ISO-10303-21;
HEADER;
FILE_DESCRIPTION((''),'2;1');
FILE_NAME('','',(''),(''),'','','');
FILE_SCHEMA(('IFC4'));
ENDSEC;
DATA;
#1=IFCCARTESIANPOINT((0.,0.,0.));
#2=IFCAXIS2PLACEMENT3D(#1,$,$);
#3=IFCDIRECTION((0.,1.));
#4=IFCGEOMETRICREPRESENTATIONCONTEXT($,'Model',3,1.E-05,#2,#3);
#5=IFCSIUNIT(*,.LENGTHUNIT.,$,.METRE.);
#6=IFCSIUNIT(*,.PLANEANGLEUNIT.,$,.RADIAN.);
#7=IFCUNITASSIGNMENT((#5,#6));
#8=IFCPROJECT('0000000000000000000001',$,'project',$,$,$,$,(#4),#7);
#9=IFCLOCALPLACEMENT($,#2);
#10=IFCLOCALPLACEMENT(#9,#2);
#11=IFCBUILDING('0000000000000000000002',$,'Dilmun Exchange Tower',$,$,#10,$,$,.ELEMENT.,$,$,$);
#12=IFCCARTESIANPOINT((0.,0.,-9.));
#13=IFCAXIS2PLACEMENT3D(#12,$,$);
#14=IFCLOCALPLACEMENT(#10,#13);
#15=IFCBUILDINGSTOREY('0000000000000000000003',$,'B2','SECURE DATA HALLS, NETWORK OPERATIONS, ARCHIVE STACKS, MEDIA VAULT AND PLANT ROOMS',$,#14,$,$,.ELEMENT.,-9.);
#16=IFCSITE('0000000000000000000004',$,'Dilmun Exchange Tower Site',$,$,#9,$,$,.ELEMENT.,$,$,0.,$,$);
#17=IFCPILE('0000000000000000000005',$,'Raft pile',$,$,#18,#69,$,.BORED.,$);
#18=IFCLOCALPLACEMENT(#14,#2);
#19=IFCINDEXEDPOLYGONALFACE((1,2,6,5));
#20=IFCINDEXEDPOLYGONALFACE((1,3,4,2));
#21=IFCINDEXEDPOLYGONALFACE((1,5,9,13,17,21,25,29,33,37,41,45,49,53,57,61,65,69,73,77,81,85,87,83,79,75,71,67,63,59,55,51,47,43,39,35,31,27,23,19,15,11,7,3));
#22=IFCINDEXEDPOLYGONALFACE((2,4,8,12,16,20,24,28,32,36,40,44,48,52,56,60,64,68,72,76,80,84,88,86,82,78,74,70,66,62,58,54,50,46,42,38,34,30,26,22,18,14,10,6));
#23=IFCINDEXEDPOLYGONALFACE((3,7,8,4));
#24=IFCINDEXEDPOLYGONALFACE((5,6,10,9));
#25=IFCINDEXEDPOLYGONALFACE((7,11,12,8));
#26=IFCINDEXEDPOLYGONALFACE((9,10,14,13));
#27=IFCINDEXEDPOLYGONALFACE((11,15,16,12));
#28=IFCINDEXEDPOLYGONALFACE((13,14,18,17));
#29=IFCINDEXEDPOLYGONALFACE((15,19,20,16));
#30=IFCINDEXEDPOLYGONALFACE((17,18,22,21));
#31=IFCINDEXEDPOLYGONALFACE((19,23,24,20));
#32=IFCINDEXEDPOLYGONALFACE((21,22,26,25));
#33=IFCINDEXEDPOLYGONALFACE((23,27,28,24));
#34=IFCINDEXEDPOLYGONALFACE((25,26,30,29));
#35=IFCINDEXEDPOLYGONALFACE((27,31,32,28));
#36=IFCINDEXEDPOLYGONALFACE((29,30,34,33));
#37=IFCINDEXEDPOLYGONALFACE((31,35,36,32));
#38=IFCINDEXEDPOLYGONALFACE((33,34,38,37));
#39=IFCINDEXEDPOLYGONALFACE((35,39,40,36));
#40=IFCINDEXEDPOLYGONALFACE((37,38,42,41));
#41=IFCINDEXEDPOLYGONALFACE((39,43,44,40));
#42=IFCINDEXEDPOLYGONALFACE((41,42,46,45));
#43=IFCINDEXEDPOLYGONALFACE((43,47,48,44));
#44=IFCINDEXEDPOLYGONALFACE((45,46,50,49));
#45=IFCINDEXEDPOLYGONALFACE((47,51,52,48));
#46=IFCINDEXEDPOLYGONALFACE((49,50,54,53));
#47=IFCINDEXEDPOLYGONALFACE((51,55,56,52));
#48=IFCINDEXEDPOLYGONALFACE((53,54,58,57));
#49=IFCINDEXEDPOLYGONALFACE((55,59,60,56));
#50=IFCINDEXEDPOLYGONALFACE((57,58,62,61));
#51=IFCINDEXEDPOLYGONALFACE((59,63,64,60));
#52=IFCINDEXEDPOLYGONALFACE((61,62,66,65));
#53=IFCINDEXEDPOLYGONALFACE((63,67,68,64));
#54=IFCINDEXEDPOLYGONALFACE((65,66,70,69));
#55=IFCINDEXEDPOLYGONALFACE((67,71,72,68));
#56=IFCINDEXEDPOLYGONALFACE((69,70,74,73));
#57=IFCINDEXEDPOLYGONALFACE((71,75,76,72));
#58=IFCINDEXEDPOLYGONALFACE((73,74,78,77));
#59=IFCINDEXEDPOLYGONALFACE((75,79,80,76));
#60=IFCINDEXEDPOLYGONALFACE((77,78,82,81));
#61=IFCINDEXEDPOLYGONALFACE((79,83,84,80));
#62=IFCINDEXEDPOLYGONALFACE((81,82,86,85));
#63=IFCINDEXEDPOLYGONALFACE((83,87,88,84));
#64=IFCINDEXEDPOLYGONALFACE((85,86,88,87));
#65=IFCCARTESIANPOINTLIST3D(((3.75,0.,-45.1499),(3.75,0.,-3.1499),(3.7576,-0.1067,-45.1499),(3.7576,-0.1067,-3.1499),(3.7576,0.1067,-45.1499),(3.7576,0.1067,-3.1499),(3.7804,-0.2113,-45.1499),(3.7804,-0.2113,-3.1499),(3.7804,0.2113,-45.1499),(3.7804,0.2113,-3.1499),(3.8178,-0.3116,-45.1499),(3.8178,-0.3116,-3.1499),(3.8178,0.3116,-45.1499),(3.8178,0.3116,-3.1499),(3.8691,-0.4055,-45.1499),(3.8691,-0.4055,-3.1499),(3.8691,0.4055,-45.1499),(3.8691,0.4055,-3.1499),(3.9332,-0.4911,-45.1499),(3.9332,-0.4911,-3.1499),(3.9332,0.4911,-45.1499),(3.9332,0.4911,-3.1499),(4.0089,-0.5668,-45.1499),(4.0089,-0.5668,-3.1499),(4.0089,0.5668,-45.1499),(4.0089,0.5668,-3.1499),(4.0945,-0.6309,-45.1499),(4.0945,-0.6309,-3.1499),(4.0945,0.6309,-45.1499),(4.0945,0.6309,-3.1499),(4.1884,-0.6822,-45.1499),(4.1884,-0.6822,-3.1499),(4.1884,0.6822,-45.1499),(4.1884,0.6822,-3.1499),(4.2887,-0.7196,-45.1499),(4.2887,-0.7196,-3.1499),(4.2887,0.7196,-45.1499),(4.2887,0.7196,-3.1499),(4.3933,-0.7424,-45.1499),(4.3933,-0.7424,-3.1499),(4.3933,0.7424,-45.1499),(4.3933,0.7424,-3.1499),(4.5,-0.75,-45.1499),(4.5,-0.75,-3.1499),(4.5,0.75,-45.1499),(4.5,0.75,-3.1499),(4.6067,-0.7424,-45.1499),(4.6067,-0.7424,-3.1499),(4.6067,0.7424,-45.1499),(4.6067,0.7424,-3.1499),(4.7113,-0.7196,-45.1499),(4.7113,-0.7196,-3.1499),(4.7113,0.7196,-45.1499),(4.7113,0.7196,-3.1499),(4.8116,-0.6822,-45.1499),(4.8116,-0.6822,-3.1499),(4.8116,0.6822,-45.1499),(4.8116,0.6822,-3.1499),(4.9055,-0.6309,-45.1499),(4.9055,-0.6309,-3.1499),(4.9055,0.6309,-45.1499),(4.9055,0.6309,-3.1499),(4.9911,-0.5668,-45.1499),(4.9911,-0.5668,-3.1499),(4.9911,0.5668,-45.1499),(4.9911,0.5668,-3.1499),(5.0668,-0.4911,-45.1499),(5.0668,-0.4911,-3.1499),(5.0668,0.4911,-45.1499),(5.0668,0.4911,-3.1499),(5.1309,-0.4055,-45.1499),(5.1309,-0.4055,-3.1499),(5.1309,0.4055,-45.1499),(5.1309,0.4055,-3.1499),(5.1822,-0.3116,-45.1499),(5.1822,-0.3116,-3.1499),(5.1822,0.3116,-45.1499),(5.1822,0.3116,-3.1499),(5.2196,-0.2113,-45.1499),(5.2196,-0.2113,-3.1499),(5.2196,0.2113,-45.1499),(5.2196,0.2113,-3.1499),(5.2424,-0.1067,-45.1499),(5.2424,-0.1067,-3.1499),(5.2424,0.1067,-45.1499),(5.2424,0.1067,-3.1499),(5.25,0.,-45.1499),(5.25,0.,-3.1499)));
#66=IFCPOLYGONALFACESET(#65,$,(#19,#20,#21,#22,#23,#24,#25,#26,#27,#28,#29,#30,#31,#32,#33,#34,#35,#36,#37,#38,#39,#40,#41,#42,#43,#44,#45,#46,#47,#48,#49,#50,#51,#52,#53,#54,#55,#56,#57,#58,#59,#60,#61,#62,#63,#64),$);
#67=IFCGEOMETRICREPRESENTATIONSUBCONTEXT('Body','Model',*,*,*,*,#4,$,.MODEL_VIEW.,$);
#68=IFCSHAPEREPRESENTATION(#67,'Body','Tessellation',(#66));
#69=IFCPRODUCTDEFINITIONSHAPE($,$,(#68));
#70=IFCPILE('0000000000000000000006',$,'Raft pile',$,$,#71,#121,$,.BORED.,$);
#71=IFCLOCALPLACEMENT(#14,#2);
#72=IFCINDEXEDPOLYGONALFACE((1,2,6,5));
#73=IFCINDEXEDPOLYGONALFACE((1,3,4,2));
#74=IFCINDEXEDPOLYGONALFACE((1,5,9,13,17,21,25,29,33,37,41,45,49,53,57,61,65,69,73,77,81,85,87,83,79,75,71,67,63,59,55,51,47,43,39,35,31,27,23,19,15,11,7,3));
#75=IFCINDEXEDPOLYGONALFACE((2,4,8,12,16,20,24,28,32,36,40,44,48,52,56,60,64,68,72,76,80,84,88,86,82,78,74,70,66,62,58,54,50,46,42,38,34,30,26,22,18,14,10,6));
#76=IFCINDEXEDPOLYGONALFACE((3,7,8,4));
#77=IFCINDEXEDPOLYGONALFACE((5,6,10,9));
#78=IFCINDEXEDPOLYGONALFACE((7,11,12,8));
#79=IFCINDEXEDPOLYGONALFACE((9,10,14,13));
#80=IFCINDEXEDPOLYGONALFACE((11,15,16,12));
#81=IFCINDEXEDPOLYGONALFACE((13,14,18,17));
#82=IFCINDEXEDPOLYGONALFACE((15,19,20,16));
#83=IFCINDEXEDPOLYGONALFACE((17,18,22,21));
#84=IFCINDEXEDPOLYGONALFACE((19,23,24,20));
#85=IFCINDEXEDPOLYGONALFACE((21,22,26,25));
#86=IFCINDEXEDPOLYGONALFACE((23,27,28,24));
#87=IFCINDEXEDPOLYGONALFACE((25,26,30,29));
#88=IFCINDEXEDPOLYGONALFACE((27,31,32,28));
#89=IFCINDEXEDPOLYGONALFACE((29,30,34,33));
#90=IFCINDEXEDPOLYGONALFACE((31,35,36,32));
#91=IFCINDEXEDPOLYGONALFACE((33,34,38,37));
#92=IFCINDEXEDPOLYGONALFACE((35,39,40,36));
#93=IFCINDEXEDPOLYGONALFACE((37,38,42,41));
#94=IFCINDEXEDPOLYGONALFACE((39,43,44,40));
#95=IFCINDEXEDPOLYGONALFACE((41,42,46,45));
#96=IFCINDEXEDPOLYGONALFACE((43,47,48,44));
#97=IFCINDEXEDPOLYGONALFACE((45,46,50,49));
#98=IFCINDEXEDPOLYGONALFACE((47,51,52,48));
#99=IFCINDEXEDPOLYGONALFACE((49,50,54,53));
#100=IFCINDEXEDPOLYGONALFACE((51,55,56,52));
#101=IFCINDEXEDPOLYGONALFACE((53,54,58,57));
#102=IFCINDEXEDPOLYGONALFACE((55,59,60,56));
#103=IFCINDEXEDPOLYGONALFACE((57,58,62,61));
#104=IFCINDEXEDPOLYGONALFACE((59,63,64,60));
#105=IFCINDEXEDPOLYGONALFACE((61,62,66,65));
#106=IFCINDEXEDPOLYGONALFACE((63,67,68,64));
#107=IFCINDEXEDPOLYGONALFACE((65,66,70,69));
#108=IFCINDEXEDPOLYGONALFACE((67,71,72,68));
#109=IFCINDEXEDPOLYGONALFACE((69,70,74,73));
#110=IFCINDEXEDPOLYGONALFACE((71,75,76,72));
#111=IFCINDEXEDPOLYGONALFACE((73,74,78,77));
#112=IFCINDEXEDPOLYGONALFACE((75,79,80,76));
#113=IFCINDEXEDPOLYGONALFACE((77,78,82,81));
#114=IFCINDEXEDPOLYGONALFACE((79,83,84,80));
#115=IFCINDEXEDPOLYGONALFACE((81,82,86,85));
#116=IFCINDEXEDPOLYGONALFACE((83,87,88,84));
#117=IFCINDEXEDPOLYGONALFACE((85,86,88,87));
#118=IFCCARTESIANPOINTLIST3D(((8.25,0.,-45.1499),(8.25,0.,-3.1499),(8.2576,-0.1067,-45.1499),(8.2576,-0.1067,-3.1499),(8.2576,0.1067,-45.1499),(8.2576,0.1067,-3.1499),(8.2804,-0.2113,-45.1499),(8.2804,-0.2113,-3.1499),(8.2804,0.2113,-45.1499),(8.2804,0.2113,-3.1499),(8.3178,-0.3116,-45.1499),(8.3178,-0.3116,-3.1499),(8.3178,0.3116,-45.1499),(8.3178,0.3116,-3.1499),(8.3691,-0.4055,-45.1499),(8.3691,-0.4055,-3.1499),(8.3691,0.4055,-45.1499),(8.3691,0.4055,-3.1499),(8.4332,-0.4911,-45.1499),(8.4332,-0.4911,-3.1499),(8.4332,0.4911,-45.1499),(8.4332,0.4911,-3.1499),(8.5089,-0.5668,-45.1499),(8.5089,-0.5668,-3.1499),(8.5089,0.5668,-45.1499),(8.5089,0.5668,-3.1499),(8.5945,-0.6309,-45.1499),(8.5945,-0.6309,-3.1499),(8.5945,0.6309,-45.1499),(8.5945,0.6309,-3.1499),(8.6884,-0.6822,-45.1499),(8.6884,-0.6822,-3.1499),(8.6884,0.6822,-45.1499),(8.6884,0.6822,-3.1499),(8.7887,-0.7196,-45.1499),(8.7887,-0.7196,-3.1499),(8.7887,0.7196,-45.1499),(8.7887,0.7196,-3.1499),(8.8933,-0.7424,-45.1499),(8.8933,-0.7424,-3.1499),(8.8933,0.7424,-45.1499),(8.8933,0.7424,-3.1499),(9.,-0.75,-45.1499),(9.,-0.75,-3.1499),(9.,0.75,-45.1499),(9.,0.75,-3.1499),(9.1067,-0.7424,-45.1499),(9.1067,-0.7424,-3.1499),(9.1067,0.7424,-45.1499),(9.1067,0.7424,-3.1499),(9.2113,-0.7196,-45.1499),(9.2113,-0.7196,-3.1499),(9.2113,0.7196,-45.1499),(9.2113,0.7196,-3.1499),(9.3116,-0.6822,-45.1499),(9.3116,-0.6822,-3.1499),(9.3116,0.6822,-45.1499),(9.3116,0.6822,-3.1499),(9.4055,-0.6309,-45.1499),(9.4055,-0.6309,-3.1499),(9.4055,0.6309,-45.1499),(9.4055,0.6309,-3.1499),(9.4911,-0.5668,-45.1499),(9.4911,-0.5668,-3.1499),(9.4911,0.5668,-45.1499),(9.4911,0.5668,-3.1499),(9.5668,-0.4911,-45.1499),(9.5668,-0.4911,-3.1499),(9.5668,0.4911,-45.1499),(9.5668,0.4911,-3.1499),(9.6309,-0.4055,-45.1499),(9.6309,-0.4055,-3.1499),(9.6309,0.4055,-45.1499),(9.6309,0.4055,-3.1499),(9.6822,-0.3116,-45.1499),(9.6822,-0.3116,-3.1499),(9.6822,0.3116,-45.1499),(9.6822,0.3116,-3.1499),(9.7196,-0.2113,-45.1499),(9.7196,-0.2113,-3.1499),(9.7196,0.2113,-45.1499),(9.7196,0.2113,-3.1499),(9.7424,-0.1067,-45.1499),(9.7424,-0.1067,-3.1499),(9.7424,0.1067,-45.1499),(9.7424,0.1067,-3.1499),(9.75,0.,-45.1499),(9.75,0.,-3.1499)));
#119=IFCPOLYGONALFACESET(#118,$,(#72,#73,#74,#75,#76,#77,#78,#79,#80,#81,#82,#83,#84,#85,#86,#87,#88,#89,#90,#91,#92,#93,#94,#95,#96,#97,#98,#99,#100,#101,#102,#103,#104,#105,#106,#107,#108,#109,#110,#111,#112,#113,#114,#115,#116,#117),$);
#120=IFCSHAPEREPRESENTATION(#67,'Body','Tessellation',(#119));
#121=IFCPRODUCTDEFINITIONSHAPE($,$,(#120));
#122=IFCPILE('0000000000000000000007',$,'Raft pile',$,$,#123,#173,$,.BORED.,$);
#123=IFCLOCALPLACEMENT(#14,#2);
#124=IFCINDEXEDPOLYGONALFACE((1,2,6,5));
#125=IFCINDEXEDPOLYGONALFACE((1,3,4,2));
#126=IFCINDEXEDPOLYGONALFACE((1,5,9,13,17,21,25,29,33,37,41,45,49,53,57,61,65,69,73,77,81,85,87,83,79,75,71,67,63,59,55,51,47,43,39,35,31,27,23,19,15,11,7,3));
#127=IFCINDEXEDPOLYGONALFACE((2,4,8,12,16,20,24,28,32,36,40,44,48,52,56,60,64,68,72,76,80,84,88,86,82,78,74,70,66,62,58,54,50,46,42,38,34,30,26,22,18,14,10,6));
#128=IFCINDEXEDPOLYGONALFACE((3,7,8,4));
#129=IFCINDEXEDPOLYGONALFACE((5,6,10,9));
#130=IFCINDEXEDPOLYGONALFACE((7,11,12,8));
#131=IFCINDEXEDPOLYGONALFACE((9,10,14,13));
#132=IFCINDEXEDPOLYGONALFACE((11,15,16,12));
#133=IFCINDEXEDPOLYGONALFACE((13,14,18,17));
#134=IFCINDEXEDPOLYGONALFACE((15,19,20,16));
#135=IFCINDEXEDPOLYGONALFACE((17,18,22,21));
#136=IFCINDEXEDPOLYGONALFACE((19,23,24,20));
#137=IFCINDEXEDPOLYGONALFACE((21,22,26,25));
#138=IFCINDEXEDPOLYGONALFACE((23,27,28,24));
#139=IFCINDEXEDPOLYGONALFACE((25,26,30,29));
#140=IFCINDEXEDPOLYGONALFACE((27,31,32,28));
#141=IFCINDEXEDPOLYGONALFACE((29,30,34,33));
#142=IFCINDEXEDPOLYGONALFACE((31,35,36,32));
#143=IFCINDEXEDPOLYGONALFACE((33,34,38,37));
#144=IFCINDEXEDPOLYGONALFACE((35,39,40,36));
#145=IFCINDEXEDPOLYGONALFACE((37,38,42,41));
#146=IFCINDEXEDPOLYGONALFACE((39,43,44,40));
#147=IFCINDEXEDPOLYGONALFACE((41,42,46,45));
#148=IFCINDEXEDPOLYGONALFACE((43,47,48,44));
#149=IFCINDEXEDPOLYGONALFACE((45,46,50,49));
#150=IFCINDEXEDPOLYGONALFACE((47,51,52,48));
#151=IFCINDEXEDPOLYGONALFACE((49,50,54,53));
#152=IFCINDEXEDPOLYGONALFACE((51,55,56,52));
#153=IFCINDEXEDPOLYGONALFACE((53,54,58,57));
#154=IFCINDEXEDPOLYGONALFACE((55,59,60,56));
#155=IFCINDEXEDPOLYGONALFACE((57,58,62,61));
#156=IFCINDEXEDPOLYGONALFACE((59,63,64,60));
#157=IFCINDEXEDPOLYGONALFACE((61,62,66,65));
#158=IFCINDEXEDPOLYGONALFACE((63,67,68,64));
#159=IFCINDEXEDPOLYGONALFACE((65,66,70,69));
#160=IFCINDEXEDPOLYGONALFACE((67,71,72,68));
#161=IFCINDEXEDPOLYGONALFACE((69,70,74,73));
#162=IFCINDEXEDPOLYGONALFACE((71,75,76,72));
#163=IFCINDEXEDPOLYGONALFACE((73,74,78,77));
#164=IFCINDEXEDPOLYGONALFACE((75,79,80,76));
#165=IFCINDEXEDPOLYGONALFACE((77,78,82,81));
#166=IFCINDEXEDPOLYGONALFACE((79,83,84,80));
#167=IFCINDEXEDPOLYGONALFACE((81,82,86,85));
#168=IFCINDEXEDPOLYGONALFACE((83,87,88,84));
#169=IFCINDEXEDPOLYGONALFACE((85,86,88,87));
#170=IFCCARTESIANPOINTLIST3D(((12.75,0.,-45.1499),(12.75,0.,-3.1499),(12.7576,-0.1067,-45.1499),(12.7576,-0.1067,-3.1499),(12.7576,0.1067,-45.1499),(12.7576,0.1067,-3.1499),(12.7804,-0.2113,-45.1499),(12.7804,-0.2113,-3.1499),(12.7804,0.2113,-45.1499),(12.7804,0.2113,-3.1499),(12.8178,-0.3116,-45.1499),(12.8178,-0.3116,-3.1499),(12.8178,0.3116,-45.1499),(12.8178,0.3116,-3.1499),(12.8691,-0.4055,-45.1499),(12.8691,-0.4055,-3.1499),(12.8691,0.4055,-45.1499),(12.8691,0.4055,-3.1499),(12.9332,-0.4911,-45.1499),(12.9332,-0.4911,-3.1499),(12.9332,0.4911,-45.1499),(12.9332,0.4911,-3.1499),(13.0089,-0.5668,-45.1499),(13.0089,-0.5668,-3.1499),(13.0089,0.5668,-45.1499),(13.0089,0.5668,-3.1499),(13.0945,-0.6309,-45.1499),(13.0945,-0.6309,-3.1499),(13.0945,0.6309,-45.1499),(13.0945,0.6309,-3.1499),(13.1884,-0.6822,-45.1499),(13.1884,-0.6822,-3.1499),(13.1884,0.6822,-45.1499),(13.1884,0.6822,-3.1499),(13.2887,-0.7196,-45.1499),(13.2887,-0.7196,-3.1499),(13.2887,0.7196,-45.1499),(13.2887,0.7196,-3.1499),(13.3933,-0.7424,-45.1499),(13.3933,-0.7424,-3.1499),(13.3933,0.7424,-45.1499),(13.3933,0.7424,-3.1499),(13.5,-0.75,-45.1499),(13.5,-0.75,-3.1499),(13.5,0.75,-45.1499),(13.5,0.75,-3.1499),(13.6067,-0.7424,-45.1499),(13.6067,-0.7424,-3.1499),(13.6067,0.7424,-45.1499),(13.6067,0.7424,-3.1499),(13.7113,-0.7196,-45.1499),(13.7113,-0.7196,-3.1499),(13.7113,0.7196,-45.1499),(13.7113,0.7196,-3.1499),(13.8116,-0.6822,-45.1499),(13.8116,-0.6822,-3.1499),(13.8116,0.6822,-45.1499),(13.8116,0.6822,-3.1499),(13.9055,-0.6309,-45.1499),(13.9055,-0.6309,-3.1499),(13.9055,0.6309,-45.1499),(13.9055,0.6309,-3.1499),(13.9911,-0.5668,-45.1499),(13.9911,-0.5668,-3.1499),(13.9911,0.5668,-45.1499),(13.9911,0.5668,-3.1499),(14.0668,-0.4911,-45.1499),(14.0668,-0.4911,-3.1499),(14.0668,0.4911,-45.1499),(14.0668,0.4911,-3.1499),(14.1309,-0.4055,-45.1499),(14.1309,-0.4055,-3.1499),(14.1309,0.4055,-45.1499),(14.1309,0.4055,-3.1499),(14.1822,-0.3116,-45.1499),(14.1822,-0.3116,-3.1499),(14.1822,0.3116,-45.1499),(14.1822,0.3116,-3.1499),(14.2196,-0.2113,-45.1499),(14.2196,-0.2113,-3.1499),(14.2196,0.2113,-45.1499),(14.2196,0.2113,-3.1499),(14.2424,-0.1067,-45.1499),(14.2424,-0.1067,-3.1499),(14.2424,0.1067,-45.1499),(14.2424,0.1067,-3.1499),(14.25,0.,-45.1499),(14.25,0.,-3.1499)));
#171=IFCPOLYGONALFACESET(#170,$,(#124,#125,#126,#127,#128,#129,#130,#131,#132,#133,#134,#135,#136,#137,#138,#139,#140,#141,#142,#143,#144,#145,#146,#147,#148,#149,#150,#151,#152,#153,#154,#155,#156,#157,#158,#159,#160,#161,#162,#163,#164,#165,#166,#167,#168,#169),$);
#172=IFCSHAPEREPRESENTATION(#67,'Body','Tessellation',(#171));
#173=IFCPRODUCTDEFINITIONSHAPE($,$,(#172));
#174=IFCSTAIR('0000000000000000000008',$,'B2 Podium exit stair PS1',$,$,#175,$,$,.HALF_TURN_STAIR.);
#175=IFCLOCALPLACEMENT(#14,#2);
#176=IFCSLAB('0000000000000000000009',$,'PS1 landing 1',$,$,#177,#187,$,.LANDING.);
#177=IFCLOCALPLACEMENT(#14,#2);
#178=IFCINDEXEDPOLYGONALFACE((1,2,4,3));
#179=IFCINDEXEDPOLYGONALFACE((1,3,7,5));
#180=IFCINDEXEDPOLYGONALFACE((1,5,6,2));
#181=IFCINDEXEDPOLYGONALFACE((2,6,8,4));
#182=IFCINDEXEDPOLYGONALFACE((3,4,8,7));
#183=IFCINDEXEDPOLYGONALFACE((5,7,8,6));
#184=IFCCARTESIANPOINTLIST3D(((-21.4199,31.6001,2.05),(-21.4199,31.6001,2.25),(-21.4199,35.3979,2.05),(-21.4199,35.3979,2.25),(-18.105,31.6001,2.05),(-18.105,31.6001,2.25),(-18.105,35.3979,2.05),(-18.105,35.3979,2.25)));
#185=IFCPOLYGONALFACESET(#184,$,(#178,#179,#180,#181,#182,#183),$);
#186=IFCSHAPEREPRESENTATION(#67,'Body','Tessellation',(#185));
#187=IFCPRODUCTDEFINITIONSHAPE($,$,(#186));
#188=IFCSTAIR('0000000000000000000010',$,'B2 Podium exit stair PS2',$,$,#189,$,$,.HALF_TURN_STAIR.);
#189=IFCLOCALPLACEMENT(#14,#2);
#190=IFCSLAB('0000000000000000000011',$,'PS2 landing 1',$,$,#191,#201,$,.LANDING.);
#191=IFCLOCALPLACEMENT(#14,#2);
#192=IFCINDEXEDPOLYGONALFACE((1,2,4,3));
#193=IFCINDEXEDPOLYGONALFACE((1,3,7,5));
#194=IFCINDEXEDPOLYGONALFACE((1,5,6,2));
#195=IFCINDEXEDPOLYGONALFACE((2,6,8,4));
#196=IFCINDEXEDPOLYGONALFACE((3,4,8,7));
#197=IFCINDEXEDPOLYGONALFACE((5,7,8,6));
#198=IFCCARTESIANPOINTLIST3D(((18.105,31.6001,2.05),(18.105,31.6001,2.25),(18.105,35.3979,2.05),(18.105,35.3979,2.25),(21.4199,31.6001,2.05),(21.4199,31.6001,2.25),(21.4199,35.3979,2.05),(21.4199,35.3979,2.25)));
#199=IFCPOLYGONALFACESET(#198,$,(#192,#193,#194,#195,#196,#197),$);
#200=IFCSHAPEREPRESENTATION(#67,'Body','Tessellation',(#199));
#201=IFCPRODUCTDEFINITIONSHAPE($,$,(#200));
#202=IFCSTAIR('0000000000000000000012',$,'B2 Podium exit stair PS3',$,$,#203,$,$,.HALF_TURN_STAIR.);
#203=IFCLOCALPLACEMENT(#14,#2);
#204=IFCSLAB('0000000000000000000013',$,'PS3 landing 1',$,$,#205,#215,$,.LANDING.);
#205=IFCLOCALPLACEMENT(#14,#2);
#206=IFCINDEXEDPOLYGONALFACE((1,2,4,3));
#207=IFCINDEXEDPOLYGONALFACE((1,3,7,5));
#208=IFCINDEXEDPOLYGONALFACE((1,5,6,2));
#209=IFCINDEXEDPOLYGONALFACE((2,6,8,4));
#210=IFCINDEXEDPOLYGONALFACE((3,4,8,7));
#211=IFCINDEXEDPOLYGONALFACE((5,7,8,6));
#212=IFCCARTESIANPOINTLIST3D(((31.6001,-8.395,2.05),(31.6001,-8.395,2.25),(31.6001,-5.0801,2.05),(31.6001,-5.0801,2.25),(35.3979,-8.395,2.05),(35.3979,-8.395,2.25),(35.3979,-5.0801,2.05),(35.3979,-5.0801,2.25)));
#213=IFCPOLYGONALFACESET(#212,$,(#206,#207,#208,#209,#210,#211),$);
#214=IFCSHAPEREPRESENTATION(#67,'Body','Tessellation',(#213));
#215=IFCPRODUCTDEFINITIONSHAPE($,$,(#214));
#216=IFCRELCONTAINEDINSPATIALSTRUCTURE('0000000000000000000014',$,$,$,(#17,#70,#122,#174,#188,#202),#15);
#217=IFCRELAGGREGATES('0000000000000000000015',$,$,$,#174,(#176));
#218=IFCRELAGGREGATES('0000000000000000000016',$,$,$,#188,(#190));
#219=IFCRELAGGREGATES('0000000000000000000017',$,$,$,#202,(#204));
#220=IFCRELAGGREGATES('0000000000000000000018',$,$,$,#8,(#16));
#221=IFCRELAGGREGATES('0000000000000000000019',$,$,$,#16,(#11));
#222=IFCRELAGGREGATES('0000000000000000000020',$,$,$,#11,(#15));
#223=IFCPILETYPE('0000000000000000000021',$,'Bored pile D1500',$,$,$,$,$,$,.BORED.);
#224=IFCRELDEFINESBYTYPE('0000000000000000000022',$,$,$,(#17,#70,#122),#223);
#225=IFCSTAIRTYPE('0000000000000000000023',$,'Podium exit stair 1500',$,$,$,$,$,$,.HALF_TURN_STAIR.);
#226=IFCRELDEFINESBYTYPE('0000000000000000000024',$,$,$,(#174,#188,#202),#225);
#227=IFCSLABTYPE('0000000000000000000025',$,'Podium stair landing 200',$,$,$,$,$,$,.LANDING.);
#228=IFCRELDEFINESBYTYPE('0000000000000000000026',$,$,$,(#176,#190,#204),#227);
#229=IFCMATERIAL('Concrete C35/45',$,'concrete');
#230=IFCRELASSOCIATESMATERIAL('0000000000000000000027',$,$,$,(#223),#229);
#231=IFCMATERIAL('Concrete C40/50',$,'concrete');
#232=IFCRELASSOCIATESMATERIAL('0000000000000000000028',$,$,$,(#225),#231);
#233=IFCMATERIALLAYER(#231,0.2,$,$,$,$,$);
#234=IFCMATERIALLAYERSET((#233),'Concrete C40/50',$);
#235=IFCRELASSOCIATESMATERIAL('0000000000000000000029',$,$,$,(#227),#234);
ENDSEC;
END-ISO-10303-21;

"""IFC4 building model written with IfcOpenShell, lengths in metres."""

from ifc_helpers import new_model, si_unit, direction, frame, origin, origin_2d, place, context, subcontext, project, spatial, polyline, circle, outline, extrude, material, layer, layer_set, material_profile, profile_set, type_object, element, aggregate, save


model = new_model("IFC4")

# Units and contexts
model_context = context("Model", 3, precision=1e-05, world=origin(), true_north=direction((0.0, 1.0)))
body_context = subcontext(model_context, "Body", "Model", "MODEL_VIEW")
ifc_project = project(units=[si_unit("LENGTHUNIT", "METRE"), si_unit("PLANEANGLEUNIT", "RADIAN")], contexts=[model_context])

# Site, building, storey
site_placement = place(None, origin())
site = spatial("IfcSite", under=ifc_project, at=site_placement, Name="Dilmun Exchange Tower Site", CompositionType="ELEMENT", RefElevation=0.0)
building_placement = place(site_placement, origin())
building = spatial("IfcBuilding", under=site, at=building_placement, Name="Dilmun Exchange Tower", CompositionType="ELEMENT")
storey_placement = place(building_placement, frame((0.0, 0.0, -9.0)))
storey = spatial("IfcBuildingStorey", under=building, at=storey_placement, Name="B2", Description="SECURE DATA HALLS, NETWORK OPERATIONS, ARCHIVE STACKS, MEDIA VAULT AND PLANT ROOMS", CompositionType="ELEMENT", Elevation=-9.0)

# Piles
ifc_material_1 = material(Name="Concrete C35/45", Category="concrete")
ifc_material_profile = material_profile(ifc_material_1, circle(Radius=0.75, at=origin_2d()), Name="D1500")
ifc_profile_set = profile_set([ifc_material_profile], Name="Concrete C35/45")
pile_type = type_object("IfcPileType", Name="Bored pile D1500", PredefinedType="BORED", material=ifc_profile_set)
for number, where, z_axis, x_axis, name in (
    (1, (4.5, 0.0, -3.1499), (0.0, 0.0, -1.0), (1.0, 0.0, 0.0), "Raft pile"),
    (2, (9.0, 0.0, -3.1499), (0.0, 0.0, -1.0), (1.0, 0.0, 0.0), "Raft pile"),
    (3, (13.5, 0.0, -3.1499), (0.0, 0.0, -1.0), (1.0, 0.0, 0.0), "Raft pile"),
):
    element("IfcPile", number, at=place(storey_placement, frame(where, z_axis=z_axis, x_axis=x_axis)), inside=storey, type_object=pile_type, Name=name, PredefinedType="BORED", context=body_context, shape_type="SweptSolid", body=[
        extrude(circle(Radius=0.75, at=origin_2d()), origin(), (0.0, 0.0, 1.0), 42.0),
    ])

# Stairs, slabs
ifc_material_2 = material(Name="Concrete C40/50", Category="concrete")
stair_type_1 = type_object("IfcStairType", Name="Podium exit stair 1500", PredefinedType="HALF_TURN_STAIR", material=ifc_material_2)
stair_1_placement = place(storey_placement, origin())
stair_1 = element("IfcStair", 4, at=stair_1_placement, inside=storey, type_object=stair_type_1, Name="B2 Podium exit stair PS1", PredefinedType="HALF_TURN_STAIR")
ifc_layer_1 = layer(ifc_material_2, 0.2)
ifc_layer_set_1 = layer_set([ifc_layer_1], Name="Concrete C40/50")
slab_type = type_object("IfcSlabType", Name="Podium stair landing 200", PredefinedType="LANDING", material=ifc_layer_set_1)
slab_1_placement = place(storey_placement, frame((0.0, 0.0, 2.05)))
slab_1 = element("IfcSlab", 5, at=slab_1_placement, type_object=slab_type, Name="PS1 landing 1", PredefinedType="LANDING", context=body_context, shape_type="SweptSolid", body=[
    extrude(outline(polyline([(-21.4199, 31.6001), (-18.105, 31.6001), (-18.105, 35.3979), (-21.4199, 35.3979), (-21.4199, 31.6001)])), origin(), (0.0, 0.0, 1.0), 0.2),
])
aggregate(stair_1, [slab_1])
stair_2_placement = place(storey_placement, origin())
stair_2 = element("IfcStair", 6, at=stair_2_placement, inside=storey, type_object=stair_type_1, Name="B2 Podium exit stair PS2", PredefinedType="HALF_TURN_STAIR")
slab_2_placement = place(storey_placement, frame((0.0, 0.0, 2.05)))
slab_2 = element("IfcSlab", 7, at=slab_2_placement, type_object=slab_type, Name="PS2 landing 1", PredefinedType="LANDING", context=body_context, shape_type="SweptSolid", body=[
    extrude(outline(polyline([(21.4199, 35.3979), (18.105, 35.3979), (18.105, 31.6001), (21.4199, 31.6001), (21.4199, 35.3979)])), origin(), (0.0, 0.0, 1.0), 0.2),
])
aggregate(stair_2, [slab_2])
stair_3_placement = place(storey_placement, origin())
stair_3 = element("IfcStair", 8, at=stair_3_placement, inside=storey, type_object=stair_type_1, Name="B2 Podium exit stair PS3", PredefinedType="HALF_TURN_STAIR")
slab_3_placement = place(storey_placement, frame((0.0, 0.0, 2.05)))
slab_3 = element("IfcSlab", 9, at=slab_3_placement, type_object=slab_type, Name="PS3 landing 1", PredefinedType="LANDING", context=body_context, shape_type="SweptSolid", body=[
    extrude(outline(polyline([(31.6001, -5.0801), (31.6001, -8.395), (35.3979, -8.395), (35.3979, -5.0801), (31.6001, -5.0801)])), origin(), (0.0, 0.0, 1.0), 0.2),
])
aggregate(stair_3, [slab_3])

save(model, "model.ifc")
